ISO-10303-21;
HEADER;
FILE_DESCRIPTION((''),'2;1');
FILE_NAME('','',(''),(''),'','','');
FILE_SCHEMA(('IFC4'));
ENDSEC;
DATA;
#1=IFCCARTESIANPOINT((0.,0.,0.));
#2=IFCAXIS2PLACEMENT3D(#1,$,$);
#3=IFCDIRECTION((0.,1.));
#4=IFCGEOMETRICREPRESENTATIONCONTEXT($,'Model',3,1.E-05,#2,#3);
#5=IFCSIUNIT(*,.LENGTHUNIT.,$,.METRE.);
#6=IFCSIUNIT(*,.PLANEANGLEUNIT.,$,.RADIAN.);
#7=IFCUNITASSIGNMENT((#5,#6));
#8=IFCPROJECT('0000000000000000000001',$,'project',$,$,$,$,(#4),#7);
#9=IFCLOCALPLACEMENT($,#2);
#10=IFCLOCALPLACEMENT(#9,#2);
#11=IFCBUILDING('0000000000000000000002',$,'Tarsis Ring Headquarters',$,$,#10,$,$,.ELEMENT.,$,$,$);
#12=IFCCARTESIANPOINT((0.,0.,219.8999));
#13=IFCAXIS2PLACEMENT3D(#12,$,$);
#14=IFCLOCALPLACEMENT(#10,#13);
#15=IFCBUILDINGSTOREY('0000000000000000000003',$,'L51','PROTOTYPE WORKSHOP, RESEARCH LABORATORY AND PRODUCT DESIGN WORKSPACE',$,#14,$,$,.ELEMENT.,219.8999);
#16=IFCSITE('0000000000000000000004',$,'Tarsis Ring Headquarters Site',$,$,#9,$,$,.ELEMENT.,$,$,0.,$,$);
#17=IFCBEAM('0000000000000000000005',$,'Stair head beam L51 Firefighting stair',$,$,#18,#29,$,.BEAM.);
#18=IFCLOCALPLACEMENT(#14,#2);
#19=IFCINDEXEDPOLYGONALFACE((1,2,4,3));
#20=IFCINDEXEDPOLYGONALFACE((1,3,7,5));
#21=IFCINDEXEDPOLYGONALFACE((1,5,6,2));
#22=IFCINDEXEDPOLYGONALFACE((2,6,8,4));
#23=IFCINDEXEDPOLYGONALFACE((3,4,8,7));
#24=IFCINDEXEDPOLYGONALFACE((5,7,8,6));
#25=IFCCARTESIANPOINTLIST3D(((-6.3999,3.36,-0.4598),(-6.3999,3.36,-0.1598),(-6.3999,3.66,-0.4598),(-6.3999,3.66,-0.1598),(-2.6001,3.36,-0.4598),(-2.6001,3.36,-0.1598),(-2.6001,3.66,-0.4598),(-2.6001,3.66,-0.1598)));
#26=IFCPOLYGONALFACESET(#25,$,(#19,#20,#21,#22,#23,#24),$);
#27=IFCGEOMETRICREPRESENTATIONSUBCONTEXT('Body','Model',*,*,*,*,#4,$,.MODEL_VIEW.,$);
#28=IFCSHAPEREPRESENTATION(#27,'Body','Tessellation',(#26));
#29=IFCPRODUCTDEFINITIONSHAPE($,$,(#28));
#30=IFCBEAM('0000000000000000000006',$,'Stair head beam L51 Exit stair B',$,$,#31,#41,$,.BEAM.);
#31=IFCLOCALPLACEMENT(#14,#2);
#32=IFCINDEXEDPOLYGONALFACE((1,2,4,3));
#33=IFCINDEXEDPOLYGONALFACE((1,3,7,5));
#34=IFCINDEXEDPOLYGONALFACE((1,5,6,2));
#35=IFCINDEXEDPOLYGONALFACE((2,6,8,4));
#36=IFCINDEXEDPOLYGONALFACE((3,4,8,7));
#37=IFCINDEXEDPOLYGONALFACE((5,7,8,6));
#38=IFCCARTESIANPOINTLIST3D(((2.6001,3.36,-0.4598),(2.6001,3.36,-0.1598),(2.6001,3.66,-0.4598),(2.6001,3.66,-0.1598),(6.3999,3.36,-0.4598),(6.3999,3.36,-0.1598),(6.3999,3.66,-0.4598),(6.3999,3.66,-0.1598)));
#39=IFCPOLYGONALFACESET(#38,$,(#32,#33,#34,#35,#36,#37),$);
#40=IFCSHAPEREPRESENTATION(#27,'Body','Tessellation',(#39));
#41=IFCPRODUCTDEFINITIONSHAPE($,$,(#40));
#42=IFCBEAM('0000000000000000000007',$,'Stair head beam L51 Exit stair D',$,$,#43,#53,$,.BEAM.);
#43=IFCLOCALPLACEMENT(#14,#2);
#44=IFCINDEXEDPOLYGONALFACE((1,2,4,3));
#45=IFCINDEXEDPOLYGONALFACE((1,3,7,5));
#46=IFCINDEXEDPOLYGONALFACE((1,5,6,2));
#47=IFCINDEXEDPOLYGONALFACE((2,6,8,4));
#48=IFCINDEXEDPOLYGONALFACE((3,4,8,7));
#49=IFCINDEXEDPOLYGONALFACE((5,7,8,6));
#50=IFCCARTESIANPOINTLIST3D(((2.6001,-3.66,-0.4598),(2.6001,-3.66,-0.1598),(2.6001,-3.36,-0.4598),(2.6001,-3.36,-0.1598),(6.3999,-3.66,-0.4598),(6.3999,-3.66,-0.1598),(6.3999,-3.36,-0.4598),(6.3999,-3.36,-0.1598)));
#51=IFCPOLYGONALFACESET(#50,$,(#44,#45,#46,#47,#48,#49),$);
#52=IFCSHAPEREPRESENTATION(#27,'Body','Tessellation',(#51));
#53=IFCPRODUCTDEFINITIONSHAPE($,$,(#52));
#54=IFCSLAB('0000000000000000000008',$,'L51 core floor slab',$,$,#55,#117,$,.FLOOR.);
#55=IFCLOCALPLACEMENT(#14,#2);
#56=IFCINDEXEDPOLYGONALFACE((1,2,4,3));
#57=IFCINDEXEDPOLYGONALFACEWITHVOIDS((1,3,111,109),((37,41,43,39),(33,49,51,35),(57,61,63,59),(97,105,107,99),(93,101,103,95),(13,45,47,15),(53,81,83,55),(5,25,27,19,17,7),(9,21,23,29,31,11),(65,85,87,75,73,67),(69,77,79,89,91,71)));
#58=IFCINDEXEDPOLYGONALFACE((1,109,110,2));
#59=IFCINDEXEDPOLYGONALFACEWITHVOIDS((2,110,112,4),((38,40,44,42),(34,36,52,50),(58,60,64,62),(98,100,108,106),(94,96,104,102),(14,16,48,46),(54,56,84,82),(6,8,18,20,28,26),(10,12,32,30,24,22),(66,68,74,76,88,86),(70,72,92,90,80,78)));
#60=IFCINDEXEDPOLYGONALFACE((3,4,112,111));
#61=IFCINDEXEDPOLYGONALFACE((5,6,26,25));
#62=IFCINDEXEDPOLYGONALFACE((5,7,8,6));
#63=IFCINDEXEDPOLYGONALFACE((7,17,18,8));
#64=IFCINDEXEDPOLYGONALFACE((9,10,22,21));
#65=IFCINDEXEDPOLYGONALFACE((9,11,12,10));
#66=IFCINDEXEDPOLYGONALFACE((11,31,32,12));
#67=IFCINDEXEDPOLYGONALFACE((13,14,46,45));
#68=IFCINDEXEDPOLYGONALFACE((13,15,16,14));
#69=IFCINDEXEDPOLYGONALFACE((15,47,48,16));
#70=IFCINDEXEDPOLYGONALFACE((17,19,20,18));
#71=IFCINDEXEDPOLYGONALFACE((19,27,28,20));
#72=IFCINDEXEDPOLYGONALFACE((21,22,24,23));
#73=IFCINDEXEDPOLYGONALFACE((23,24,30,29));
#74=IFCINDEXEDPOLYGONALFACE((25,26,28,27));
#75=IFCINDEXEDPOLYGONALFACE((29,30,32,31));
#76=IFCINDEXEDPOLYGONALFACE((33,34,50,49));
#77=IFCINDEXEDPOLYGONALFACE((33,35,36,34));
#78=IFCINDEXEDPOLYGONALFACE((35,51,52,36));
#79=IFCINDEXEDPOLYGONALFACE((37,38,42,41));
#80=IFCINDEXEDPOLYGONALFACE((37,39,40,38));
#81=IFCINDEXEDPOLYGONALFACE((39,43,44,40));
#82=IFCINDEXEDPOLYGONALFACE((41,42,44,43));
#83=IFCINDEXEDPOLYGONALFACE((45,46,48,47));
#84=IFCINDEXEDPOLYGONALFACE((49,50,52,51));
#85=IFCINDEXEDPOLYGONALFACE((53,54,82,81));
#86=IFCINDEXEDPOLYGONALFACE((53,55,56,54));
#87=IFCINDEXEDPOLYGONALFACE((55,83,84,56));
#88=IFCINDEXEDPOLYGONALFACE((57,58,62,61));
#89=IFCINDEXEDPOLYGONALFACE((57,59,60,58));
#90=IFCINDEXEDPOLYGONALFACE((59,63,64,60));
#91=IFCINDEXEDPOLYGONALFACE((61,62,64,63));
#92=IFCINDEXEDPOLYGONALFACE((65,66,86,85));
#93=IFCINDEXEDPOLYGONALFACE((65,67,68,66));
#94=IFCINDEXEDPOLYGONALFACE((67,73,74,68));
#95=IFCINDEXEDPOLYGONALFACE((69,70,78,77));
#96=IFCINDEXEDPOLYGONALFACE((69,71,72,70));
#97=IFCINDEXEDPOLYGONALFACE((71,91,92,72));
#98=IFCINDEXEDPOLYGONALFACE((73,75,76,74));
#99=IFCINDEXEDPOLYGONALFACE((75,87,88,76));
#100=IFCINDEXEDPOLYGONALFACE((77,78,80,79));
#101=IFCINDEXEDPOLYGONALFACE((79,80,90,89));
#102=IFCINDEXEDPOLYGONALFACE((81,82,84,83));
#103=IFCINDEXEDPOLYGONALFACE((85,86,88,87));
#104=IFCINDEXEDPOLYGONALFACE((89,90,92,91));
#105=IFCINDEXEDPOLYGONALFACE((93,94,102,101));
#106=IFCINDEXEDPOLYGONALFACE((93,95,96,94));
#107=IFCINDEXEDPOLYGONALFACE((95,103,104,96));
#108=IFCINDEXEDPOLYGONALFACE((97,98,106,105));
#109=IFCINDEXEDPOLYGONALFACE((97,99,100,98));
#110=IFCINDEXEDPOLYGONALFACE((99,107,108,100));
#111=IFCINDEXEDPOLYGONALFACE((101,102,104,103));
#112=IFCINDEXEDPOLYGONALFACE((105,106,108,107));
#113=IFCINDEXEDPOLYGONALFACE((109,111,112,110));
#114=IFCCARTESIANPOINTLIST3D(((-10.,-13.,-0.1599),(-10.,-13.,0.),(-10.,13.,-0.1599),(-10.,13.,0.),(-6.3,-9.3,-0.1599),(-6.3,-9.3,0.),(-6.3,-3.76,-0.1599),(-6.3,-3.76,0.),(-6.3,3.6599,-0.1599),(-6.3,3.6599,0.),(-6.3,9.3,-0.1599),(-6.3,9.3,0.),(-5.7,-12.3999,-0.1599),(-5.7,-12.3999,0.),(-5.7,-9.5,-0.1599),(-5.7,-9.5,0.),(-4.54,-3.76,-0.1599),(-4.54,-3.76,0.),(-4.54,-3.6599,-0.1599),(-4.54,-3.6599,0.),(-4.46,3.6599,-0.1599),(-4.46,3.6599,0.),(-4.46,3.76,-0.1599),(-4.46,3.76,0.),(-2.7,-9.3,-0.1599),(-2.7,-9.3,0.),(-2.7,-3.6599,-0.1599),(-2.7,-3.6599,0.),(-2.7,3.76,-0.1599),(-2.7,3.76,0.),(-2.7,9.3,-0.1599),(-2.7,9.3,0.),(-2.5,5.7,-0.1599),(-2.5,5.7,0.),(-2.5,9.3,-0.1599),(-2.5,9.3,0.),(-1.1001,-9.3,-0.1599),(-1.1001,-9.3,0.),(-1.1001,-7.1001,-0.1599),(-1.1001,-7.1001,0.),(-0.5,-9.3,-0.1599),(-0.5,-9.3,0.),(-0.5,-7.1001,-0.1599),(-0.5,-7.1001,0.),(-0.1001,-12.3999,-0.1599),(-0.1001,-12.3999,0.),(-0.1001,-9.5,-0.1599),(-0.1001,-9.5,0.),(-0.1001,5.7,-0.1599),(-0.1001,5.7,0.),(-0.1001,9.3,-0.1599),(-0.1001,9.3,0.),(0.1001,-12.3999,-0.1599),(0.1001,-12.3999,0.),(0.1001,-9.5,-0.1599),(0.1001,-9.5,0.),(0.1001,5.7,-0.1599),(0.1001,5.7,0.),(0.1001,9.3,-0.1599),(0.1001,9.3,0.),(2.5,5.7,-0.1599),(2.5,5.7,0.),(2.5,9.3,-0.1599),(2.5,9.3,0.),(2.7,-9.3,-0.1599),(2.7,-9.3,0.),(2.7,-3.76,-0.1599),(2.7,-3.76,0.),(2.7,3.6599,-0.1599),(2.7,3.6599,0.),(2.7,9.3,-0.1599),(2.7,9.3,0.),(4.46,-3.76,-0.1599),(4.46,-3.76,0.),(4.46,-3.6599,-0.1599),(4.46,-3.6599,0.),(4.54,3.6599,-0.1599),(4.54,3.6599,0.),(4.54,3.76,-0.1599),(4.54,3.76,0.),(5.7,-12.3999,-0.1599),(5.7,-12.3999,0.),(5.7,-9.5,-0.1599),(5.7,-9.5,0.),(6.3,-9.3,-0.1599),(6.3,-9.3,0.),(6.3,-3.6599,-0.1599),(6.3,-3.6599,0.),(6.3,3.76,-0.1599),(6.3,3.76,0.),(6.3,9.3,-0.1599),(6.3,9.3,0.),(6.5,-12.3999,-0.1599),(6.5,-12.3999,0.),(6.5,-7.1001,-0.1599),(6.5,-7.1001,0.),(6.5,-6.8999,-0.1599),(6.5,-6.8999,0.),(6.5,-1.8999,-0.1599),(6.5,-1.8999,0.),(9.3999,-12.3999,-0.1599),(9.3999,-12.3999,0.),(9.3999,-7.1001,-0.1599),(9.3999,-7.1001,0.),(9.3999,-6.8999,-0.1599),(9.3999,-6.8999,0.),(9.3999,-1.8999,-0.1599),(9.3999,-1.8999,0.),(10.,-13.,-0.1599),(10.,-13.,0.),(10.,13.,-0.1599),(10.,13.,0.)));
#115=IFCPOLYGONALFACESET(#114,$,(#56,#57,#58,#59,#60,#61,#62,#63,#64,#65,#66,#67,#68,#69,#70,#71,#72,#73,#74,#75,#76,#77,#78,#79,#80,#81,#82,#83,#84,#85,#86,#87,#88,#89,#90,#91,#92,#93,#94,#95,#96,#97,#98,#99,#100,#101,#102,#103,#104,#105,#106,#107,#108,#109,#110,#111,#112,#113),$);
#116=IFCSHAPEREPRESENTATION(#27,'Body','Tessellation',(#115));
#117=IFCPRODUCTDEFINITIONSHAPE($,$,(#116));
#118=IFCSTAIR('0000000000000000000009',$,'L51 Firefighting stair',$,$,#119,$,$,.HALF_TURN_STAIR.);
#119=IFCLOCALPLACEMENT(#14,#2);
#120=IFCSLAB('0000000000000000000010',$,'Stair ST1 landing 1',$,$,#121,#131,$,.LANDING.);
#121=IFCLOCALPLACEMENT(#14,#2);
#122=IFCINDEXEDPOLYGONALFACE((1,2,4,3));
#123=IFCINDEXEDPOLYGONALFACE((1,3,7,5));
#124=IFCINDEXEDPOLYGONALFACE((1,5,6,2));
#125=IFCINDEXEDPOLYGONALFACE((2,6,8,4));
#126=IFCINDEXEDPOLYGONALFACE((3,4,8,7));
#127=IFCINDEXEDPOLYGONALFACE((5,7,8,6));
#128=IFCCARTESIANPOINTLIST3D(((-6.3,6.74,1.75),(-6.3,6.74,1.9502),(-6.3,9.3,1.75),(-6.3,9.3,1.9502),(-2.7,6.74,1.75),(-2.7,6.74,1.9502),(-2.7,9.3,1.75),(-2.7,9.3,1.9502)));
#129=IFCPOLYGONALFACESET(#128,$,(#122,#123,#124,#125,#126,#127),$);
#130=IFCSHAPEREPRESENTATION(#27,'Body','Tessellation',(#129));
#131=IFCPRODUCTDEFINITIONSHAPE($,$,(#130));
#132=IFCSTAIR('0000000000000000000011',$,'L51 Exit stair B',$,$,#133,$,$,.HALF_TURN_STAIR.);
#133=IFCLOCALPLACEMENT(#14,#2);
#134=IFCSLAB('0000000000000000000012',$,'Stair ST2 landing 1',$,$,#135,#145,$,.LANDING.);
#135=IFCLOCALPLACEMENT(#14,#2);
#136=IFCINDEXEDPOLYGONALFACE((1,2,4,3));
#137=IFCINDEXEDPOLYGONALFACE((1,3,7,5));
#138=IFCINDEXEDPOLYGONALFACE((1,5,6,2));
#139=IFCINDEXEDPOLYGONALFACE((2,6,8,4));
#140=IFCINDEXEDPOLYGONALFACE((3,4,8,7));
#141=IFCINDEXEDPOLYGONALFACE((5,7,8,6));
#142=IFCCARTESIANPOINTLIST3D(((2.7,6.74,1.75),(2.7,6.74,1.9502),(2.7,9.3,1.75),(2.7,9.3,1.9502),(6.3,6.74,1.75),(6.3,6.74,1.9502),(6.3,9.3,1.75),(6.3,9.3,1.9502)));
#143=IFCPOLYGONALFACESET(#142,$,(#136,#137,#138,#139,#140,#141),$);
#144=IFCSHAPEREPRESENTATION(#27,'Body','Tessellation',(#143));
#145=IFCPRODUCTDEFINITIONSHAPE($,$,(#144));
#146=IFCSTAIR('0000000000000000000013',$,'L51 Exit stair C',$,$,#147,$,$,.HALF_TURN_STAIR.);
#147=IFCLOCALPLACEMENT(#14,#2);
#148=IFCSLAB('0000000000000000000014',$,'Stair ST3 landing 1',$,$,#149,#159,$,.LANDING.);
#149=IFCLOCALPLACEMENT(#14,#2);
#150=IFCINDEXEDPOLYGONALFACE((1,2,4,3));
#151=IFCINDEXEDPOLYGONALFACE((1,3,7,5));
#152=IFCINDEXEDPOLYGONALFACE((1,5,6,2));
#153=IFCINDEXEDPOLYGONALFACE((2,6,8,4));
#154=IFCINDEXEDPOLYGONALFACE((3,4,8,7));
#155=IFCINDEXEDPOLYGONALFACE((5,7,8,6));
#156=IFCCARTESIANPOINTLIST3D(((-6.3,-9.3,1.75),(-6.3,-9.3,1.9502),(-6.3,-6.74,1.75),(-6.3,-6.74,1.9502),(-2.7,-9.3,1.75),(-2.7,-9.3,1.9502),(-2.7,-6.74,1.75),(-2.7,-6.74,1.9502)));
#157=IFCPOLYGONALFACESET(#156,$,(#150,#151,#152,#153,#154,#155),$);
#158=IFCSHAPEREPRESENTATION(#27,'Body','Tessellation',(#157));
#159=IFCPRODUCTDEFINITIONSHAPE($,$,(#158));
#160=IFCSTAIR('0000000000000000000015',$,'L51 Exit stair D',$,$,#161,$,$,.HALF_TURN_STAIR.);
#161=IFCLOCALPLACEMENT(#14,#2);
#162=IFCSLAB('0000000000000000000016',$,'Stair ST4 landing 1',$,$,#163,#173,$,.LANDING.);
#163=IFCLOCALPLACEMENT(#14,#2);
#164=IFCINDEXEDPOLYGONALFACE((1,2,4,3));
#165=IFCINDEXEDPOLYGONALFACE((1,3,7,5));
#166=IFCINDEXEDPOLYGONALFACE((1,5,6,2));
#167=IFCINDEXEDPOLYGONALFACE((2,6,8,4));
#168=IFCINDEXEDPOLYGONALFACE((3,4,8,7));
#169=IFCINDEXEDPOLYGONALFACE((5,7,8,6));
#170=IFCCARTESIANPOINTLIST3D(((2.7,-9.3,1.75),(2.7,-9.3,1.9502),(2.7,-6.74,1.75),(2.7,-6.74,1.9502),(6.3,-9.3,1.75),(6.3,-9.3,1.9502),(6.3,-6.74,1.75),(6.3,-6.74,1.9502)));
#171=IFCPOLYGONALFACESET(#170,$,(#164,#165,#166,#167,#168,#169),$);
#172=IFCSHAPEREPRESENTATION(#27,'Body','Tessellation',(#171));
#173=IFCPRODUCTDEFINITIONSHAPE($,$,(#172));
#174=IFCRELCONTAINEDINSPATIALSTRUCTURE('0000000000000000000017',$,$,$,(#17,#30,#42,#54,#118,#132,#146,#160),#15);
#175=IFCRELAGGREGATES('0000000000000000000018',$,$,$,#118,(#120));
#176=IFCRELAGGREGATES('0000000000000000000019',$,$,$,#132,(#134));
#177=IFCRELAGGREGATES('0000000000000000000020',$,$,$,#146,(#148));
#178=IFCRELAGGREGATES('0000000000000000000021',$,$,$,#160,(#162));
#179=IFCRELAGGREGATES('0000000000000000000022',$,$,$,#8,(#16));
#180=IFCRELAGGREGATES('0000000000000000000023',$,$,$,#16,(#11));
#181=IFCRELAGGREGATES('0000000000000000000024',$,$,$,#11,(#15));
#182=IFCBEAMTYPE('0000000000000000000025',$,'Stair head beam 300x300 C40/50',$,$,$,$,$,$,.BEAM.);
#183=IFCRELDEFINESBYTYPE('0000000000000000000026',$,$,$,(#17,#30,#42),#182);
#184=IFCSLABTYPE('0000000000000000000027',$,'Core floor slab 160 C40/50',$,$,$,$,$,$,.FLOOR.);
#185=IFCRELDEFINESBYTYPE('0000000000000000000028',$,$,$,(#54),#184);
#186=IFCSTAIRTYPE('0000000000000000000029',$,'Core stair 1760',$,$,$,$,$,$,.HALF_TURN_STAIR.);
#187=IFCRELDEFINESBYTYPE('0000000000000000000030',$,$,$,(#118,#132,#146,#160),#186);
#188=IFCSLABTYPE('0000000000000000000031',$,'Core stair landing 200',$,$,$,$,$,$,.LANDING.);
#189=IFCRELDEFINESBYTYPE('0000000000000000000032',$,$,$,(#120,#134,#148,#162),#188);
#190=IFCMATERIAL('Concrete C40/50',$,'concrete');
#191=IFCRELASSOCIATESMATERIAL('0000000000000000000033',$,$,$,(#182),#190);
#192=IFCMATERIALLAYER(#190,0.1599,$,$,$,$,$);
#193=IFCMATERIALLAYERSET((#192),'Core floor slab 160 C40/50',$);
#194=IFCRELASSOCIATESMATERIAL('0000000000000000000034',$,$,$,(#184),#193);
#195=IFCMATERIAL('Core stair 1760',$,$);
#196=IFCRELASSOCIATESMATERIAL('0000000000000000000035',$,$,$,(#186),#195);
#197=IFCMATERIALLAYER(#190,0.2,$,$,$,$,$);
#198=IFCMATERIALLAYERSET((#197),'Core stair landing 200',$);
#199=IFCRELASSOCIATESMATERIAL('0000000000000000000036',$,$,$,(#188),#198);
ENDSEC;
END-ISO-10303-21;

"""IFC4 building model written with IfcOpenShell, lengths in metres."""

from ifc_helpers import new_model, si_unit, direction, frame, origin, origin_2d, place, context, subcontext, project, spatial, polyline, rectangle, outline, extrude, material, layer, layer_set, material_profile, profile_set, type_object, element, aggregate, save


model = new_model("IFC4")

# Units and contexts
model_context = context("Model", 3, precision=1e-05, world=origin(), true_north=direction((0.0, 1.0)))
body_context = subcontext(model_context, "Body", "Model", "MODEL_VIEW")
ifc_project = project(units=[si_unit("LENGTHUNIT", "METRE"), si_unit("PLANEANGLEUNIT", "RADIAN")], contexts=[model_context])

# Site, building, storey
site_placement = place(None, origin())
site = spatial("IfcSite", under=ifc_project, at=site_placement, Name="Tarsis Ring Headquarters Site", CompositionType="ELEMENT", RefElevation=0.0)
building_placement = place(site_placement, origin())
building = spatial("IfcBuilding", under=site, at=building_placement, Name="Tarsis Ring Headquarters", CompositionType="ELEMENT")
storey_placement = place(building_placement, frame((0.0, 0.0, 219.8999)))
storey = spatial("IfcBuildingStorey", under=building, at=storey_placement, Name="L51", Description="PROTOTYPE WORKSHOP, RESEARCH LABORATORY AND PRODUCT DESIGN WORKSPACE", CompositionType="ELEMENT", Elevation=219.8999)

# Beams
ifc_material_1 = material(Name="Concrete C40/50", Category="concrete")
ifc_material_profile = material_profile(ifc_material_1, rectangle(XDim=0.3, YDim=0.3, at=origin_2d()), Name="Stair head beam 300x300 C40/50")
ifc_profile_set = profile_set([ifc_material_profile], Name="Concrete C40/50")
beam_type = type_object("IfcBeamType", Name="Stair head beam 300x300 C40/50", PredefinedType="BEAM", material=ifc_profile_set)
for number, where, z_axis, x_axis, name in (
    (1, (-6.3999, 3.51, -0.3098), (1.0, 0.0, 0.0), (0.0, 1.0, 0.0), "Stair head beam L51 Firefighting stair"),
    (2, (2.6001, 3.51, -0.3098), (1.0, 0.0, 0.0), (0.0, 1.0, 0.0), "Stair head beam L51 Exit stair B"),
    (3, (2.6001, -3.51, -0.3098), (1.0, 0.0, 0.0), (0.0, 1.0, 0.0), "Stair head beam L51 Exit stair D"),
):
    element("IfcBeam", number, at=place(storey_placement, frame(where, z_axis=z_axis, x_axis=x_axis)), inside=storey, type_object=beam_type, Name=name, PredefinedType="BEAM", context=body_context, shape_type="SweptSolid", body=[
        extrude(rectangle(XDim=0.3, YDim=0.3, at=origin_2d()), origin(), (0.0, 0.0, 1.0), 3.7998),
    ])

# Slab
ifc_layer_1 = layer(ifc_material_1, 0.1599)
ifc_layer_set_1 = layer_set([ifc_layer_1], Name="Core floor slab 160 C40/50")
slab_type_1 = type_object("IfcSlabType", Name="Core floor slab 160 C40/50", PredefinedType="FLOOR", material=ifc_layer_set_1)
slab_1_placement = place(storey_placement, frame((0.0, 0.0, -0.1599)))
element("IfcSlab", 4, at=slab_1_placement, inside=storey, type_object=slab_type_1, Name="L51 core floor slab", PredefinedType="FLOOR", context=body_context, shape_type="SweptSolid", body=[
    extrude(outline(polyline([(-10.0, -13.0), (10.0, -13.0), (10.0, 13.0), (-10.0, 13.0), (-10.0, -13.0)]), holes=[polyline([(-2.5, 5.7), (-0.1001, 5.7), (-0.1001, 9.3), (-2.5, 9.3), (-2.5, 5.7)]), polyline([(0.1001, 5.7), (2.5, 5.7), (2.5, 9.3), (0.1001, 9.3), (0.1001, 5.7)]), polyline([(6.5, -12.3999), (9.3999, -12.3999), (9.3999, -7.1001), (6.5, -7.1001), (6.5, -12.3999)]), polyline([(6.5, -6.8999), (9.3999, -6.8999), (9.3999, -1.8999), (6.5, -1.8999), (6.5, -6.8999)]), polyline([(-5.7, -12.3999), (-0.1001, -12.3999), (-0.1001, -9.5), (-5.7, -9.5), (-5.7, -12.3999)]), polyline([(0.1001, -12.3999), (5.7, -12.3999), (5.7, -9.5), (0.1001, -9.5), (0.1001, -12.3999)]), polyline([(-1.1001, -9.3), (-0.5, -9.3), (-0.5, -7.1001), (-1.1001, -7.1001), (-1.1001, -9.3)]), polyline([(-2.7, 3.76), (-2.7, 9.3), (-6.3, 9.3), (-6.3, 3.6599), (-4.46, 3.6599), (-4.46, 3.76), (-2.7, 3.76)]), polyline([(6.3, 3.76), (6.3, 9.3), (2.7, 9.3), (2.7, 3.6599), (4.54, 3.6599), (4.54, 3.76), (6.3, 3.76)]), polyline([(-6.3, -3.76), (-6.3, -9.3), (-2.7, -9.3), (-2.7, -3.6599), (-4.54, -3.6599), (-4.54, -3.76), (-6.3, -3.76)]), polyline([(2.7, -3.76), (2.7, -9.3), (6.3, -9.3), (6.3, -3.6599), (4.46, -3.6599), (4.46, -3.76), (2.7, -3.76)])]), origin(), (0.0, 0.0, 1.0), 0.1599),
])

# Stairs, slabs
ifc_material_2 = material(Name="Core stair 1760")
stair_type = type_object("IfcStairType", Name="Core stair 1760", PredefinedType="HALF_TURN_STAIR", material=ifc_material_2)
stair_1_placement = place(storey_placement, origin())
stair_1 = element("IfcStair", 5, at=stair_1_placement, inside=storey, type_object=stair_type, Name="L51 Firefighting stair", PredefinedType="HALF_TURN_STAIR")
ifc_layer_2 = layer(ifc_material_1, 0.2)
ifc_layer_set_2 = layer_set([ifc_layer_2], Name="Core stair landing 200")
slab_type_2 = type_object("IfcSlabType", Name="Core stair landing 200", PredefinedType="LANDING", material=ifc_layer_set_2)
slab_2_placement = place(storey_placement, frame((0.0, 0.0, 1.75)))
slab_2 = element("IfcSlab", 6, at=slab_2_placement, type_object=slab_type_2, Name="Stair ST1 landing 1", PredefinedType="LANDING", context=body_context, shape_type="SweptSolid", body=[
    extrude(outline(polyline([(-2.7, 6.74), (-2.7, 9.3), (-6.3, 9.3), (-6.3, 6.74), (-2.7, 6.74)])), origin(), (0.0, 0.0, 1.0), 0.2002),
])
aggregate(stair_1, [slab_2])
stair_2_placement = place(storey_placement, origin())
stair_2 = element("IfcStair", 7, at=stair_2_placement, inside=storey, type_object=stair_type, Name="L51 Exit stair B", PredefinedType="HALF_TURN_STAIR")
slab_3_placement = place(storey_placement, frame((0.0, 0.0, 1.75)))
slab_3 = element("IfcSlab", 8, at=slab_3_placement, type_object=slab_type_2, Name="Stair ST2 landing 1", PredefinedType="LANDING", context=body_context, shape_type="SweptSolid", body=[
    extrude(outline(polyline([(6.3, 6.74), (6.3, 9.3), (2.7, 9.3), (2.7, 6.74), (6.3, 6.74)])), origin(), (0.0, 0.0, 1.0), 0.2002),
])
aggregate(stair_2, [slab_3])
stair_3_placement = place(storey_placement, origin())
stair_3 = element("IfcStair", 9, at=stair_3_placement, inside=storey, type_object=stair_type, Name="L51 Exit stair C", PredefinedType="HALF_TURN_STAIR")
slab_4_placement = place(storey_placement, frame((0.0, 0.0, 1.75)))
slab_4 = element("IfcSlab", 10, at=slab_4_placement, type_object=slab_type_2, Name="Stair ST3 landing 1", PredefinedType="LANDING", context=body_context, shape_type="SweptSolid", body=[
    extrude(outline(polyline([(-6.3, -6.74), (-6.3, -9.3), (-2.7, -9.3), (-2.7, -6.74), (-6.3, -6.74)])), origin(), (0.0, 0.0, 1.0), 0.2002),
])
aggregate(stair_3, [slab_4])
stair_4_placement = place(storey_placement, origin())
stair_4 = element("IfcStair", 11, at=stair_4_placement, inside=storey, type_object=stair_type, Name="L51 Exit stair D", PredefinedType="HALF_TURN_STAIR")
slab_5_placement = place(storey_placement, frame((0.0, 0.0, 1.75)))
slab_5 = element("IfcSlab", 12, at=slab_5_placement, type_object=slab_type_2, Name="Stair ST4 landing 1", PredefinedType="LANDING", context=body_context, shape_type="SweptSolid", body=[
    extrude(outline(polyline([(2.7, -6.74), (2.7, -9.3), (6.3, -9.3), (6.3, -6.74), (2.7, -6.74)])), origin(), (0.0, 0.0, 1.0), 0.2002),
])
aggregate(stair_4, [slab_5])

save(model, "model.ifc")
